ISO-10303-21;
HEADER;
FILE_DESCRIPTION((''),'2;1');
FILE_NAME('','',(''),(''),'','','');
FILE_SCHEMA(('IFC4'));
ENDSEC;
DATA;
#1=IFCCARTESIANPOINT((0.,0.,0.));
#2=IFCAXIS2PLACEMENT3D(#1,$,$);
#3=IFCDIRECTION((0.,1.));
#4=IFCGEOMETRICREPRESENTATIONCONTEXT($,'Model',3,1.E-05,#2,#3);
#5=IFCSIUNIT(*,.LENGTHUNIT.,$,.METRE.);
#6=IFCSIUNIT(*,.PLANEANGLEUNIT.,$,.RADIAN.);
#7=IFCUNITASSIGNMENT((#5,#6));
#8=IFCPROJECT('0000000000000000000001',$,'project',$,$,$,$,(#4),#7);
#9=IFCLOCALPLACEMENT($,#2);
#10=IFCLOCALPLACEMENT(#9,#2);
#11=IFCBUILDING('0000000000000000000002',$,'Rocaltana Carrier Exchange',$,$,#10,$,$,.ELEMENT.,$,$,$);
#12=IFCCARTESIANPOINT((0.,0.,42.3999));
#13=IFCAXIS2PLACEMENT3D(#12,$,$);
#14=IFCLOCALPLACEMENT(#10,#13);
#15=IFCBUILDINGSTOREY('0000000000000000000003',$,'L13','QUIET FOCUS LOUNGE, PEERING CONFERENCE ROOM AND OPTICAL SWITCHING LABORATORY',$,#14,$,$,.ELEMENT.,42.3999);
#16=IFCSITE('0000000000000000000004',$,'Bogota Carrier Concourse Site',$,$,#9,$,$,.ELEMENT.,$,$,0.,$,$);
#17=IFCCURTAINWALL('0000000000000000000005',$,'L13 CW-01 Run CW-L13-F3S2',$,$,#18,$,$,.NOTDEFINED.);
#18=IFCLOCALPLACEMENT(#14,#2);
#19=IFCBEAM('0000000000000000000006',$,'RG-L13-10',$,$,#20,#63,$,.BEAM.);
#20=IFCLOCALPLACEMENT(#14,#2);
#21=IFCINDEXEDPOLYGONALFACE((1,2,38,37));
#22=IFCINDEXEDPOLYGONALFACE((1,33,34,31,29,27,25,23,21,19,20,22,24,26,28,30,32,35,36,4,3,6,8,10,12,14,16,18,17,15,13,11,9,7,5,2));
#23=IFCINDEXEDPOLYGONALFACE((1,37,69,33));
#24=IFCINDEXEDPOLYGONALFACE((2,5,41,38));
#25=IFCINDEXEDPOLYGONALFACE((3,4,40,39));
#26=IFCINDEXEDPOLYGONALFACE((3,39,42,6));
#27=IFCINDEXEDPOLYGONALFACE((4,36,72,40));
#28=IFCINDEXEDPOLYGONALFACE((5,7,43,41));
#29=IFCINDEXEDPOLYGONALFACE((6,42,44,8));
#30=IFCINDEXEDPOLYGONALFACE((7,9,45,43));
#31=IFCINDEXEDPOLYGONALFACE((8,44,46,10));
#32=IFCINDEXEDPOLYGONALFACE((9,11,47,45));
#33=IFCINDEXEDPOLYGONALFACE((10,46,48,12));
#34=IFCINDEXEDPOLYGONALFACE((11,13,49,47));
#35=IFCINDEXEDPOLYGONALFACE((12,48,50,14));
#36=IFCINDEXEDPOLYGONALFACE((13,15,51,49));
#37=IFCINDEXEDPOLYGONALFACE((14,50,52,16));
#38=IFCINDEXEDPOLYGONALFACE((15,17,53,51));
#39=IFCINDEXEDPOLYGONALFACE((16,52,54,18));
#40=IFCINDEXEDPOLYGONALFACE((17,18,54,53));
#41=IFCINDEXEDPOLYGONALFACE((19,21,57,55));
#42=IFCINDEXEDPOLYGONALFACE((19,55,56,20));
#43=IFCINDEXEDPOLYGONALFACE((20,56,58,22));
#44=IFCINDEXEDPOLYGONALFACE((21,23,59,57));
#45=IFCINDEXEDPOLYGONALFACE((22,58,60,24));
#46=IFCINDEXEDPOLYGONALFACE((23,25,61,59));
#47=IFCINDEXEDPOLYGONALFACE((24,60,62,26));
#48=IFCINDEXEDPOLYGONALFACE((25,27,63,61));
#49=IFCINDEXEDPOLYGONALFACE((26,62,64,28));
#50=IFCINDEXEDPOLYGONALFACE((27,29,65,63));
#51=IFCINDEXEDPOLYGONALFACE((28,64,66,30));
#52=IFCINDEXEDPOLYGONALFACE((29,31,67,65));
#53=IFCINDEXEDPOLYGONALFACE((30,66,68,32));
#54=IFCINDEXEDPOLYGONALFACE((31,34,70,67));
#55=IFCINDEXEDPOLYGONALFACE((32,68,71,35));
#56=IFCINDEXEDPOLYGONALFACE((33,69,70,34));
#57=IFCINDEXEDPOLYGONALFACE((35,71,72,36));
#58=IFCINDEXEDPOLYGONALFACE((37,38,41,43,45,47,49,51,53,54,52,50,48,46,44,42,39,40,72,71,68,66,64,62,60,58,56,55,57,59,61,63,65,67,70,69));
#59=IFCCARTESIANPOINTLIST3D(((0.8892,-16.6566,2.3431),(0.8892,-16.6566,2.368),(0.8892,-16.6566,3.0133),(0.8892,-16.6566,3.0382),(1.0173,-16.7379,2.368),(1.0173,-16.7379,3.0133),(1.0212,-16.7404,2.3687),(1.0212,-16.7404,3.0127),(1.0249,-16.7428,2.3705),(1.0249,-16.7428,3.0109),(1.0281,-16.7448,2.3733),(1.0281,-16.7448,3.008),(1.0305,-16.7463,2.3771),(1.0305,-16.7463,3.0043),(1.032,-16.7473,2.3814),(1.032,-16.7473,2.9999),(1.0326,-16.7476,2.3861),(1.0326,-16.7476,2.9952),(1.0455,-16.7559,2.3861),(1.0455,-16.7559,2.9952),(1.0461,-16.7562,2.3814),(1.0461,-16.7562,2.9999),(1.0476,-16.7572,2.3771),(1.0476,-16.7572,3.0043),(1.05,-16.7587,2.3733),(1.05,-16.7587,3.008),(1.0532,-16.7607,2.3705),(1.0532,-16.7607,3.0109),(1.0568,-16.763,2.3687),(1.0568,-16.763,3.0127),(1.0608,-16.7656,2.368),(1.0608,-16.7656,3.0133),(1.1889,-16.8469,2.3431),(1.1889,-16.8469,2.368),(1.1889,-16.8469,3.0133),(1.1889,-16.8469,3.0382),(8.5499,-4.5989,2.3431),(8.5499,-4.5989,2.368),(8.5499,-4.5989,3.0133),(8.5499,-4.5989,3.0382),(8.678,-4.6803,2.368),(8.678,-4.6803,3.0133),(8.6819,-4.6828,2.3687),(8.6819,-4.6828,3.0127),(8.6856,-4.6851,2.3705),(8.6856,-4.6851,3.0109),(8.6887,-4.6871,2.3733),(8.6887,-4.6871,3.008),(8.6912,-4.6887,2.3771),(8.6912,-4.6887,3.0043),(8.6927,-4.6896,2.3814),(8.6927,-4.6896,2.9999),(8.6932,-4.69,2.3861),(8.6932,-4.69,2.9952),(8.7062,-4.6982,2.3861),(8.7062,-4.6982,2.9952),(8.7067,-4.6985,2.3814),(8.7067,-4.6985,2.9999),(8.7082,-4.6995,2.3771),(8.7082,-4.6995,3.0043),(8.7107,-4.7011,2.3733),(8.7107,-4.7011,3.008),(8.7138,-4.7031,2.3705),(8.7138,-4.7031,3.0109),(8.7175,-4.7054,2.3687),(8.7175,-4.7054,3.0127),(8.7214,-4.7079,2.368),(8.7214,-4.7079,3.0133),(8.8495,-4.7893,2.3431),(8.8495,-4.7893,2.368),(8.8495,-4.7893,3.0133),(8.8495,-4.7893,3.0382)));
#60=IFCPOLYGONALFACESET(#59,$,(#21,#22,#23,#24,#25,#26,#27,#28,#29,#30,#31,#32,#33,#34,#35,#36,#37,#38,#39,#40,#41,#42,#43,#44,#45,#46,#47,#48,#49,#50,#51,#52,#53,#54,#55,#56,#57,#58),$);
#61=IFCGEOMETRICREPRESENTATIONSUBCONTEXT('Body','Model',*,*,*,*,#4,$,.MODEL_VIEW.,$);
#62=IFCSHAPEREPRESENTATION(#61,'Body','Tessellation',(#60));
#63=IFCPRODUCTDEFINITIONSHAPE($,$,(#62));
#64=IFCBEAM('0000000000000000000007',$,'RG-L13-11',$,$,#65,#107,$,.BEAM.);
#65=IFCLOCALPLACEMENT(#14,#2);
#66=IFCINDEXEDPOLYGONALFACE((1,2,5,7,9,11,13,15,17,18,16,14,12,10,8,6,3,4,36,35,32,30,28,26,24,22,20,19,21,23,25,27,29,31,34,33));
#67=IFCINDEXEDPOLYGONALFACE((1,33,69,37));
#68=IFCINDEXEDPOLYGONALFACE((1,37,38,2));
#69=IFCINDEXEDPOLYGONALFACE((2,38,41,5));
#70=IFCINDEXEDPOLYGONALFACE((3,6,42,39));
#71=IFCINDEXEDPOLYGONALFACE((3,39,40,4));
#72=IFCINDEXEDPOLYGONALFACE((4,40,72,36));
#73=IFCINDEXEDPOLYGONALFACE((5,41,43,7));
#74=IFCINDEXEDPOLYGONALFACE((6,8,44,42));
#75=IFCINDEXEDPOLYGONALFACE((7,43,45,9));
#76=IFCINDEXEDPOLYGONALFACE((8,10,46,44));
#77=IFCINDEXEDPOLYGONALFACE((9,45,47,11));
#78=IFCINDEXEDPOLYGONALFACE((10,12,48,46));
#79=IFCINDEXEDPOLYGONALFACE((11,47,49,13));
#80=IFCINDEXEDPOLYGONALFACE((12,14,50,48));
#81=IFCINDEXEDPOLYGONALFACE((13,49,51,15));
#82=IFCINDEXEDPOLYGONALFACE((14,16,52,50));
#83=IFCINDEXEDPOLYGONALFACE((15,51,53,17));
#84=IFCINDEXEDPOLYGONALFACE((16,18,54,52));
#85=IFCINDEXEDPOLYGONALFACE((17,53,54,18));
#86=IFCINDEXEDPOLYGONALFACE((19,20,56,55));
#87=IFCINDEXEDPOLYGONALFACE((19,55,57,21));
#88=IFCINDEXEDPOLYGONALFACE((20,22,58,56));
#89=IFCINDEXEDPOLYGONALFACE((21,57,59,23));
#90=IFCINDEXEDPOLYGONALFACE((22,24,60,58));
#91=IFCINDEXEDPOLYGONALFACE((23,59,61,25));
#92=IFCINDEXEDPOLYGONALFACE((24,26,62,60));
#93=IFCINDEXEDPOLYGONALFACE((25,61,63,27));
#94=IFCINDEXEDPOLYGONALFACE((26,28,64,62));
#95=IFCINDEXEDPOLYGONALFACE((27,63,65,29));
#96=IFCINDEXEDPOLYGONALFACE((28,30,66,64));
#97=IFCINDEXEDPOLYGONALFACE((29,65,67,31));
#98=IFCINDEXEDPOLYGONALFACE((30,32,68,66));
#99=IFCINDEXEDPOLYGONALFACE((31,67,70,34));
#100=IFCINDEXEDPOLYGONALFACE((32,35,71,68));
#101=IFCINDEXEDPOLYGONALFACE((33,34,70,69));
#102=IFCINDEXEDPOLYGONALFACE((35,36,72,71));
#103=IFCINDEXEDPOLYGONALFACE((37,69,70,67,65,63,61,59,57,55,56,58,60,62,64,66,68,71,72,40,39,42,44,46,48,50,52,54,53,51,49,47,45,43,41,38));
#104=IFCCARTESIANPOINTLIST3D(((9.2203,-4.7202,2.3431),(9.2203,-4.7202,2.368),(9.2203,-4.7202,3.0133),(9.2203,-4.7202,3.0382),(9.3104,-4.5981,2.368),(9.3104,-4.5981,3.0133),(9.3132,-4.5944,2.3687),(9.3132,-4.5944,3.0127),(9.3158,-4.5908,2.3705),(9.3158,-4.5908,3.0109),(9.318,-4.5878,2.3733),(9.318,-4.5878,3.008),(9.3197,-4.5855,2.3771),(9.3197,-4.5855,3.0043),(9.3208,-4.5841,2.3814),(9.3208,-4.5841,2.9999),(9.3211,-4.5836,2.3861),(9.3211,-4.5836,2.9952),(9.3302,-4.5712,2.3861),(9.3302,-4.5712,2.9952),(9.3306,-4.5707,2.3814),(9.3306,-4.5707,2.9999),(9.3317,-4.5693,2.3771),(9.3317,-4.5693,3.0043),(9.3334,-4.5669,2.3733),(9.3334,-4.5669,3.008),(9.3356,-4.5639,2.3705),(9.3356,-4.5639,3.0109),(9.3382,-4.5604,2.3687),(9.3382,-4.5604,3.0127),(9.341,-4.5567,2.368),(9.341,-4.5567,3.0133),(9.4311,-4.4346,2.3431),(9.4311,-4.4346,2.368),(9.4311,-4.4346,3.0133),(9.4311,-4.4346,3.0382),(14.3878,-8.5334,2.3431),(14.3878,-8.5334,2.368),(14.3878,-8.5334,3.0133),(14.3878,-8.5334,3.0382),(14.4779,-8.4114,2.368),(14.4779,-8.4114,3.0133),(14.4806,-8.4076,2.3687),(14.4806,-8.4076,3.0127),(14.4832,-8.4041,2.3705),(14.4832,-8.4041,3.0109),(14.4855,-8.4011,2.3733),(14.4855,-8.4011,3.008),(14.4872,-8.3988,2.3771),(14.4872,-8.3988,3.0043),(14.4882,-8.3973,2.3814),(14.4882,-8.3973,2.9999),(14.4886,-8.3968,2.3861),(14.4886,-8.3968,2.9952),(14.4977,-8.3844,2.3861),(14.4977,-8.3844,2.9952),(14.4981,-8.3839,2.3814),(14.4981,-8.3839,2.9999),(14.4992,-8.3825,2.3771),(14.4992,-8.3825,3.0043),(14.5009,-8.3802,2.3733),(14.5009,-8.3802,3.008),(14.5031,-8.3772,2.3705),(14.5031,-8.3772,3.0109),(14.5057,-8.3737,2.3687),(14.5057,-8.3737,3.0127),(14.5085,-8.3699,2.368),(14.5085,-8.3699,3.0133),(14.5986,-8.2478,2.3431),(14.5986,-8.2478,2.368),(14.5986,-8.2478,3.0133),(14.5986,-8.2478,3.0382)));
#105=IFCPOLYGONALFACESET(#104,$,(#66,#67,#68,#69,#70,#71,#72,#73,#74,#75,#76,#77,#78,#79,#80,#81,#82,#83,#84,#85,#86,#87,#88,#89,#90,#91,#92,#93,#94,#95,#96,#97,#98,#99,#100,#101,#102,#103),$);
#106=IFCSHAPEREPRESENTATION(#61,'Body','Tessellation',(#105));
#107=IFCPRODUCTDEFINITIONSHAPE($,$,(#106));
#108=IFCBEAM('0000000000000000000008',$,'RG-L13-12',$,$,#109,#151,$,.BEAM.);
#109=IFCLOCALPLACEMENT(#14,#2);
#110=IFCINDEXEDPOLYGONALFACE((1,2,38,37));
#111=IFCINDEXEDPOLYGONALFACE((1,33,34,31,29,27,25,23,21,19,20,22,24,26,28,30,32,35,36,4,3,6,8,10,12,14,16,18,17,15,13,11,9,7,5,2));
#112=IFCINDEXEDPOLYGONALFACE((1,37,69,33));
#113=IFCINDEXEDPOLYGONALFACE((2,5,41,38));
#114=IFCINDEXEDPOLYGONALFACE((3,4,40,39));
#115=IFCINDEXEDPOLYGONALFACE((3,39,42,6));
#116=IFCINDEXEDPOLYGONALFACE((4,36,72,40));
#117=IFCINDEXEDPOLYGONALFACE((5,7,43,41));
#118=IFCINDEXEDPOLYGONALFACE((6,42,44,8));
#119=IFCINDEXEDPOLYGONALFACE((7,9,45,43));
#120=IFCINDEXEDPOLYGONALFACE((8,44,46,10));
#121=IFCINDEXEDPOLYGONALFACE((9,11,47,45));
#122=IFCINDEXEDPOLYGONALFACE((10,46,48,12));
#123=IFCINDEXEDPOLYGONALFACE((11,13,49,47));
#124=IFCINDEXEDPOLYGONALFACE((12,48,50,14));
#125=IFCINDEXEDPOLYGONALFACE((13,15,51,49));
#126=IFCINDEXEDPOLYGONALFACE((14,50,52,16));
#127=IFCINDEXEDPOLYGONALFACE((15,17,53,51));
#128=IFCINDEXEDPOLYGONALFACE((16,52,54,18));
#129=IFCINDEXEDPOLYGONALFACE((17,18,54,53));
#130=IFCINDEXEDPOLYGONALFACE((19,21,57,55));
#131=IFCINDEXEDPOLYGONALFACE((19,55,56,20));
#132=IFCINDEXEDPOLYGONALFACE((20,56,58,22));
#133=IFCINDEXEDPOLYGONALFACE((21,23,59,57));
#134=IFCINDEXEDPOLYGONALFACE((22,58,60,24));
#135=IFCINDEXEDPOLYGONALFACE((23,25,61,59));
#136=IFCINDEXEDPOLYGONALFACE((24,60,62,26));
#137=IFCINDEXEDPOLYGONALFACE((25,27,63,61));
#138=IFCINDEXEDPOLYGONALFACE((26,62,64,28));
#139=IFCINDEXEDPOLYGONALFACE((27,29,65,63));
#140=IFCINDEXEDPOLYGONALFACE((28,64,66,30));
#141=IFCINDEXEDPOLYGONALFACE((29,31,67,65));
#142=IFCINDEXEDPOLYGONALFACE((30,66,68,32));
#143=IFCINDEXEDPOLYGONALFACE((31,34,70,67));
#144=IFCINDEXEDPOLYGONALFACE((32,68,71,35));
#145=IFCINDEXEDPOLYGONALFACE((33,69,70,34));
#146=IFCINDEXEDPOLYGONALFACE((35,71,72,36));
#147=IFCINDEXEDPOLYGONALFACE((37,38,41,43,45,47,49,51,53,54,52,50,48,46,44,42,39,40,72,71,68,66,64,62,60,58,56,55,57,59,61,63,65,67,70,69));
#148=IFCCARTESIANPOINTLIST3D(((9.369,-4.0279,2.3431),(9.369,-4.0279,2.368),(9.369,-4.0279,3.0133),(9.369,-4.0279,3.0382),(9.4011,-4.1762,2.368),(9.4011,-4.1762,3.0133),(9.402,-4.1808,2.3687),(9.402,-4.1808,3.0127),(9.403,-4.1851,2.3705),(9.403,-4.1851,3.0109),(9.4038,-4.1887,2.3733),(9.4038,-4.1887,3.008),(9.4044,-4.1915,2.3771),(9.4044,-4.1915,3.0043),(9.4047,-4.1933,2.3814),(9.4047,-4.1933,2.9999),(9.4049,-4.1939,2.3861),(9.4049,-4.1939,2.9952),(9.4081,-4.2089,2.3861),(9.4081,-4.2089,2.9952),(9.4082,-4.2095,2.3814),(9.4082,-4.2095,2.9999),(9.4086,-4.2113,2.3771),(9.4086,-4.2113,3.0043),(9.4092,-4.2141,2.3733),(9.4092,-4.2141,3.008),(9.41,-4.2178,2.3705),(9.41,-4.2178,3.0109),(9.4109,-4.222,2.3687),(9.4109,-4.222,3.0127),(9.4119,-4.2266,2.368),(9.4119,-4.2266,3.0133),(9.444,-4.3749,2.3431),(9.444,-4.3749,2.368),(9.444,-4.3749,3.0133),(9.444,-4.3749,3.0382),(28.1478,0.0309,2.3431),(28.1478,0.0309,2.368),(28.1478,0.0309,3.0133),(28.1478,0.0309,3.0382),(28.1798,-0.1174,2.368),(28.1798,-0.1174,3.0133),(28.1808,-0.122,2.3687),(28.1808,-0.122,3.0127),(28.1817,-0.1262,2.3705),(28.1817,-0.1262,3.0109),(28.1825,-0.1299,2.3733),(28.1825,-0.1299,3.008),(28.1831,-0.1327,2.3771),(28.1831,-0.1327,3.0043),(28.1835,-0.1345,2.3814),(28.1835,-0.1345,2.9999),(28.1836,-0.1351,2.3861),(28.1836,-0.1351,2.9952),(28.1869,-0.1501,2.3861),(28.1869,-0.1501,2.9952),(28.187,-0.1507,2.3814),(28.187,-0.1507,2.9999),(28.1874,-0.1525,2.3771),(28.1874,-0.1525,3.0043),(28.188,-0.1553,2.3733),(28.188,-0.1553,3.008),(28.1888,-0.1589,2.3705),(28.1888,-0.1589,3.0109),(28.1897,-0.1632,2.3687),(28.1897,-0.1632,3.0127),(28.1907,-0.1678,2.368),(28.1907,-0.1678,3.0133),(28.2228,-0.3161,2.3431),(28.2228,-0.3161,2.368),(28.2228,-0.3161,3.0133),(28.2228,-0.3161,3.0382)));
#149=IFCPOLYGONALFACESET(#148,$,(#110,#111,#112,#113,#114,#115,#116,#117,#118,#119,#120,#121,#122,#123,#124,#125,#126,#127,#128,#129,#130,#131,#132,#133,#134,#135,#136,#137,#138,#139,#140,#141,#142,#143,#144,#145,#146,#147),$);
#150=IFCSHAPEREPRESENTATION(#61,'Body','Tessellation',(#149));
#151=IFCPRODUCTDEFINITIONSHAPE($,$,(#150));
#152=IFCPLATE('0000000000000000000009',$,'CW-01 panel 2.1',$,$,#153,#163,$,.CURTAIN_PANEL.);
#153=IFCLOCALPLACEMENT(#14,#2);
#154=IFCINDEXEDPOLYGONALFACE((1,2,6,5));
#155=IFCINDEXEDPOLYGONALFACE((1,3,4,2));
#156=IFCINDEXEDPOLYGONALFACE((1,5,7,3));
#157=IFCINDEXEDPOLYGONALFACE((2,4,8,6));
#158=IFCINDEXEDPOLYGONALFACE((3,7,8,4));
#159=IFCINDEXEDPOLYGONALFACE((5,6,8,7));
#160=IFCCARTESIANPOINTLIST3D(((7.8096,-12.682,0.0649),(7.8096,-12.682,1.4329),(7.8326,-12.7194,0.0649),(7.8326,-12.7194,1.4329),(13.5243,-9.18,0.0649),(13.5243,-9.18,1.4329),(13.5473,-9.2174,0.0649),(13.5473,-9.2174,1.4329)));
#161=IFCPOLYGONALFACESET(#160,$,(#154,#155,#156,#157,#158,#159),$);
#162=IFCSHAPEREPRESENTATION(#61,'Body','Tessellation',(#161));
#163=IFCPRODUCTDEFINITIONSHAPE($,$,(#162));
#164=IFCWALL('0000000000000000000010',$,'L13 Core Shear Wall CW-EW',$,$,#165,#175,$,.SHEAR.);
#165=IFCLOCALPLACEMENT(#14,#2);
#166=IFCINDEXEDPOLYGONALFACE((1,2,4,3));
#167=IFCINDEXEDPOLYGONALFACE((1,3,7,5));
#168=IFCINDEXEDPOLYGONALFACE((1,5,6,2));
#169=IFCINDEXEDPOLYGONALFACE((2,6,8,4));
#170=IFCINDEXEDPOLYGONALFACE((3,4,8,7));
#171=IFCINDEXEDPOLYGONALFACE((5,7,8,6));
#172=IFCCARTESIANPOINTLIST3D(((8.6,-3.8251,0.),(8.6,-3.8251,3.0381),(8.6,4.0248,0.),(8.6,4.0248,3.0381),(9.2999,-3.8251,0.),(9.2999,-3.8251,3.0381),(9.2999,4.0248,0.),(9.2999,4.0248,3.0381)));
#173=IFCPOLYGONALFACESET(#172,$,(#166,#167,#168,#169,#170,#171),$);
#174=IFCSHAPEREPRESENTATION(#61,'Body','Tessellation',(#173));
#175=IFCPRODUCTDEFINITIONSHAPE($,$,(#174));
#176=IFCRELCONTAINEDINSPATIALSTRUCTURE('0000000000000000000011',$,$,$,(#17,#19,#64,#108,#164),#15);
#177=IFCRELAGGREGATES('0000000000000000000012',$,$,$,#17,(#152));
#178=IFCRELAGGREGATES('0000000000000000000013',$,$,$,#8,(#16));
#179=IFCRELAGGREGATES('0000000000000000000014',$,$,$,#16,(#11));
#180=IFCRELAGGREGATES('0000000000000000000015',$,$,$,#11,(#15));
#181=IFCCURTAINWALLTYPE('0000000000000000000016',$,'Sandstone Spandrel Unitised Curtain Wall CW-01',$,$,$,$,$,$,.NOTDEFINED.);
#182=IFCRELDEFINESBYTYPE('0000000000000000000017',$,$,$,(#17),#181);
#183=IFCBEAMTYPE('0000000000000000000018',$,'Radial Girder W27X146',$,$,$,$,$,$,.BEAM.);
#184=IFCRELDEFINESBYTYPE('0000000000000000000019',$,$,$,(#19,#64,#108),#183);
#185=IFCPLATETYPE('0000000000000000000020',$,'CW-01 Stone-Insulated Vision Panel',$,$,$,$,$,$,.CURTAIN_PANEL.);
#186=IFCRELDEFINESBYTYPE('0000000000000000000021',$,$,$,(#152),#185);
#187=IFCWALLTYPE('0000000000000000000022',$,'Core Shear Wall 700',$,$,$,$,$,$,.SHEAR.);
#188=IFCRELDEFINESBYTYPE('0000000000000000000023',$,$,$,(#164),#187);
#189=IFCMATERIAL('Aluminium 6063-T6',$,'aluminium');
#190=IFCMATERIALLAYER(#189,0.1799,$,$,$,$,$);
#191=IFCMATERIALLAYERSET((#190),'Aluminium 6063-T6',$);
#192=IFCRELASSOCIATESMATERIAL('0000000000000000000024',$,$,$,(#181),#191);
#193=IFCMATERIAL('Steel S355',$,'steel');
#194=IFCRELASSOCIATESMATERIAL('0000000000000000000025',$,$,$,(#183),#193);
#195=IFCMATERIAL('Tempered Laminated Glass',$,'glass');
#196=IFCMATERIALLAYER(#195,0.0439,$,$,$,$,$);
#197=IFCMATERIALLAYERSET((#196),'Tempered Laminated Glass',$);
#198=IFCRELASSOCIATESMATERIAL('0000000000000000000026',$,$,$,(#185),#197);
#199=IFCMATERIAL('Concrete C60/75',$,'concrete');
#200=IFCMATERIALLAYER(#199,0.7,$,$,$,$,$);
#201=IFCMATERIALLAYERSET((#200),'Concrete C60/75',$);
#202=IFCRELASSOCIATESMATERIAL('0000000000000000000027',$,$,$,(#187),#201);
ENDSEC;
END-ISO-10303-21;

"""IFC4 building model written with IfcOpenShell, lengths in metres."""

from ifc_helpers import new_model, si_unit, direction, frame, frame_2d, origin, origin_2d, place, context, subcontext, project, spatial, rectangle, i_section, extrude, material, layer, layer_set, material_profile, profile_set, type_object, element, aggregate, save


model = new_model("IFC4")

# Units and contexts
model_context = context("Model", 3, precision=1e-05, world=origin(), true_north=direction((0.0, 1.0)))
body_context = subcontext(model_context, "Body", "Model", "MODEL_VIEW")
ifc_project = project(units=[si_unit("LENGTHUNIT", "METRE"), si_unit("PLANEANGLEUNIT", "RADIAN")], contexts=[model_context])

# Site, building, storey
site_placement = place(None, origin())
site = spatial("IfcSite", under=ifc_project, at=site_placement, Name="Bogota Carrier Concourse Site", CompositionType="ELEMENT", RefElevation=0.0)
building_placement = place(site_placement, origin())
building = spatial("IfcBuilding", under=site, at=building_placement, Name="Rocaltana Carrier Exchange", CompositionType="ELEMENT")
storey_placement = place(building_placement, frame((0.0, 0.0, 42.3999)))
storey = spatial("IfcBuildingStorey", under=building, at=storey_placement, Name="L13", Description="QUIET FOCUS LOUNGE, PEERING CONFERENCE ROOM AND OPTICAL SWITCHING LABORATORY", CompositionType="ELEMENT", Elevation=42.3999)

# Curtain wall
ifc_material_1 = material(Name="Aluminium 6063-T6", Category="aluminium")
ifc_layer_1 = layer(ifc_material_1, 0.1799)
ifc_layer_set_1 = layer_set([ifc_layer_1], Name="Aluminium 6063-T6")
curtain_wall_type = type_object("IfcCurtainWallType", Name="Sandstone Spandrel Unitised Curtain Wall CW-01", PredefinedType="NOTDEFINED", material=ifc_layer_set_1)
curtain_wall_placement = place(storey_placement, origin())
curtain_wall = element("IfcCurtainWall", 1, at=curtain_wall_placement, inside=storey, type_object=curtain_wall_type, Name="L13 CW-01 Run CW-L13-F3S2", PredefinedType="NOTDEFINED")

# Beams
ifc_material_2 = material(Name="Steel S355", Category="steel")
ifc_material_profile_1 = material_profile(ifc_material_2, i_section(OverallWidth=0.355, OverallDepth=0.6951, WebThickness=0.0154, FlangeThickness=0.0249, FilletRadius=0.0181, at=origin_2d()), Name="W27X146")
ifc_profile_set_1 = profile_set([ifc_material_profile_1], Name="Steel S355")
beam_type_1 = type_object("IfcBeamType", Name="Radial Girder W27X146", PredefinedType="BEAM", material=ifc_profile_set_1)
beam_1_placement = place(storey_placement, frame((8.6997, -4.6941, 2.6907), z_axis=(-0.536258, -0.844054, 0.0), x_axis=(0.844054, -0.536258, 0.0)))
element("IfcBeam", 2, at=beam_1_placement, inside=storey, type_object=beam_type_1, Name="RG-L13-10", PredefinedType="BEAM", context=body_context, shape_type="SweptSolid", body=[
    extrude(i_section(OverallWidth=0.355, OverallDepth=0.6951, WebThickness=0.0154, FlangeThickness=0.0249, FilletRadius=0.0181, at=origin_2d()), origin(), (0.0, 0.0, 1.0), 14.2854),
])
beam_2_placement = place(storey_placement, frame((9.3257, -4.5774, 2.6907), z_axis=(0.804638, -0.593766, 0.0), x_axis=(0.593766, 0.804638, 0.0)))
element("IfcBeam", 3, at=beam_2_placement, inside=storey, type_object=beam_type_1, Name="RG-L13-11", PredefinedType="BEAM", context=body_context, shape_type="SweptSolid", body=[
    extrude(i_section(OverallWidth=0.355, OverallDepth=0.6951, WebThickness=0.0154, FlangeThickness=0.0249, FilletRadius=0.0181, at=origin_2d()), origin(), (0.0, 0.0, 1.0), 6.4221),
])
beam_3_placement = place(storey_placement, frame((9.4065, -4.2014, 2.6907), z_axis=(0.97743, 0.211261, 0.0), x_axis=(-0.211261, 0.97743, 0.0)))
element("IfcBeam", 4, at=beam_3_placement, inside=storey, type_object=beam_type_1, Name="RG-L13-12", PredefinedType="BEAM", context=body_context, shape_type="SweptSolid", body=[
    extrude(i_section(OverallWidth=0.355, OverallDepth=0.6951, WebThickness=0.0154, FlangeThickness=0.0249, FilletRadius=0.0181, at=origin_2d()), origin(), (0.0, 0.0, 1.0), 19.2124),
])

# Plate
ifc_material_3 = material(Name="Tempered Laminated Glass", Category="glass")
ifc_layer_2 = layer(ifc_material_3, 0.0439)
ifc_layer_set_2 = layer_set([ifc_layer_2], Name="Tempered Laminated Glass")
plate_type = type_object("IfcPlateType", Name="CW-01 Stone-Insulated Vision Panel", PredefinedType="CURTAIN_PANEL", material=ifc_layer_set_2)
plate_placement = place(storey_placement, frame((10.6785, -10.9497, 0.0649), z_axis=(0.0, 0.0, 1.0), x_axis=(0.852639, 0.5225, 0.0)))
plate = element("IfcPlate", 5, at=plate_placement, type_object=plate_type, Name="CW-01 panel 2.1", PredefinedType="CURTAIN_PANEL", context=body_context, shape_type="SweptSolid", body=[
    extrude(rectangle(XDim=6.7024, YDim=0.0439, at=origin_2d()), origin(), (0.0, 0.0, 1.0), 1.3679),
])
aggregate(curtain_wall, [plate])

# Wall
ifc_material_4 = material(Name="Concrete C60/75", Category="concrete")
ifc_layer_3 = layer(ifc_material_4, 0.7)
ifc_layer_set_3 = layer_set([ifc_layer_3], Name="Concrete C60/75")
wall_type_1 = type_object("IfcWallType", Name="Core Shear Wall 700", PredefinedType="SHEAR", material=ifc_layer_set_3)
wall_1_placement = place(storey_placement, frame((8.95, -3.825, 0.0), z_axis=(0.0, 0.0, 1.0), x_axis=(0.0, 1.0, 0.0)))
element("IfcWall", 6, at=wall_1_placement, inside=storey, type_object=wall_type_1, Name="L13 Core Shear Wall CW-EW", PredefinedType="SHEAR", context=body_context, shape_type="SweptSolid", body=[
    extrude(rectangle(XDim=7.8499, YDim=0.7, at=frame_2d((3.9248, 0.0))), origin(), (0.0, 0.0, 1.0), 3.0381),
])

save(model, "model.ifc")
